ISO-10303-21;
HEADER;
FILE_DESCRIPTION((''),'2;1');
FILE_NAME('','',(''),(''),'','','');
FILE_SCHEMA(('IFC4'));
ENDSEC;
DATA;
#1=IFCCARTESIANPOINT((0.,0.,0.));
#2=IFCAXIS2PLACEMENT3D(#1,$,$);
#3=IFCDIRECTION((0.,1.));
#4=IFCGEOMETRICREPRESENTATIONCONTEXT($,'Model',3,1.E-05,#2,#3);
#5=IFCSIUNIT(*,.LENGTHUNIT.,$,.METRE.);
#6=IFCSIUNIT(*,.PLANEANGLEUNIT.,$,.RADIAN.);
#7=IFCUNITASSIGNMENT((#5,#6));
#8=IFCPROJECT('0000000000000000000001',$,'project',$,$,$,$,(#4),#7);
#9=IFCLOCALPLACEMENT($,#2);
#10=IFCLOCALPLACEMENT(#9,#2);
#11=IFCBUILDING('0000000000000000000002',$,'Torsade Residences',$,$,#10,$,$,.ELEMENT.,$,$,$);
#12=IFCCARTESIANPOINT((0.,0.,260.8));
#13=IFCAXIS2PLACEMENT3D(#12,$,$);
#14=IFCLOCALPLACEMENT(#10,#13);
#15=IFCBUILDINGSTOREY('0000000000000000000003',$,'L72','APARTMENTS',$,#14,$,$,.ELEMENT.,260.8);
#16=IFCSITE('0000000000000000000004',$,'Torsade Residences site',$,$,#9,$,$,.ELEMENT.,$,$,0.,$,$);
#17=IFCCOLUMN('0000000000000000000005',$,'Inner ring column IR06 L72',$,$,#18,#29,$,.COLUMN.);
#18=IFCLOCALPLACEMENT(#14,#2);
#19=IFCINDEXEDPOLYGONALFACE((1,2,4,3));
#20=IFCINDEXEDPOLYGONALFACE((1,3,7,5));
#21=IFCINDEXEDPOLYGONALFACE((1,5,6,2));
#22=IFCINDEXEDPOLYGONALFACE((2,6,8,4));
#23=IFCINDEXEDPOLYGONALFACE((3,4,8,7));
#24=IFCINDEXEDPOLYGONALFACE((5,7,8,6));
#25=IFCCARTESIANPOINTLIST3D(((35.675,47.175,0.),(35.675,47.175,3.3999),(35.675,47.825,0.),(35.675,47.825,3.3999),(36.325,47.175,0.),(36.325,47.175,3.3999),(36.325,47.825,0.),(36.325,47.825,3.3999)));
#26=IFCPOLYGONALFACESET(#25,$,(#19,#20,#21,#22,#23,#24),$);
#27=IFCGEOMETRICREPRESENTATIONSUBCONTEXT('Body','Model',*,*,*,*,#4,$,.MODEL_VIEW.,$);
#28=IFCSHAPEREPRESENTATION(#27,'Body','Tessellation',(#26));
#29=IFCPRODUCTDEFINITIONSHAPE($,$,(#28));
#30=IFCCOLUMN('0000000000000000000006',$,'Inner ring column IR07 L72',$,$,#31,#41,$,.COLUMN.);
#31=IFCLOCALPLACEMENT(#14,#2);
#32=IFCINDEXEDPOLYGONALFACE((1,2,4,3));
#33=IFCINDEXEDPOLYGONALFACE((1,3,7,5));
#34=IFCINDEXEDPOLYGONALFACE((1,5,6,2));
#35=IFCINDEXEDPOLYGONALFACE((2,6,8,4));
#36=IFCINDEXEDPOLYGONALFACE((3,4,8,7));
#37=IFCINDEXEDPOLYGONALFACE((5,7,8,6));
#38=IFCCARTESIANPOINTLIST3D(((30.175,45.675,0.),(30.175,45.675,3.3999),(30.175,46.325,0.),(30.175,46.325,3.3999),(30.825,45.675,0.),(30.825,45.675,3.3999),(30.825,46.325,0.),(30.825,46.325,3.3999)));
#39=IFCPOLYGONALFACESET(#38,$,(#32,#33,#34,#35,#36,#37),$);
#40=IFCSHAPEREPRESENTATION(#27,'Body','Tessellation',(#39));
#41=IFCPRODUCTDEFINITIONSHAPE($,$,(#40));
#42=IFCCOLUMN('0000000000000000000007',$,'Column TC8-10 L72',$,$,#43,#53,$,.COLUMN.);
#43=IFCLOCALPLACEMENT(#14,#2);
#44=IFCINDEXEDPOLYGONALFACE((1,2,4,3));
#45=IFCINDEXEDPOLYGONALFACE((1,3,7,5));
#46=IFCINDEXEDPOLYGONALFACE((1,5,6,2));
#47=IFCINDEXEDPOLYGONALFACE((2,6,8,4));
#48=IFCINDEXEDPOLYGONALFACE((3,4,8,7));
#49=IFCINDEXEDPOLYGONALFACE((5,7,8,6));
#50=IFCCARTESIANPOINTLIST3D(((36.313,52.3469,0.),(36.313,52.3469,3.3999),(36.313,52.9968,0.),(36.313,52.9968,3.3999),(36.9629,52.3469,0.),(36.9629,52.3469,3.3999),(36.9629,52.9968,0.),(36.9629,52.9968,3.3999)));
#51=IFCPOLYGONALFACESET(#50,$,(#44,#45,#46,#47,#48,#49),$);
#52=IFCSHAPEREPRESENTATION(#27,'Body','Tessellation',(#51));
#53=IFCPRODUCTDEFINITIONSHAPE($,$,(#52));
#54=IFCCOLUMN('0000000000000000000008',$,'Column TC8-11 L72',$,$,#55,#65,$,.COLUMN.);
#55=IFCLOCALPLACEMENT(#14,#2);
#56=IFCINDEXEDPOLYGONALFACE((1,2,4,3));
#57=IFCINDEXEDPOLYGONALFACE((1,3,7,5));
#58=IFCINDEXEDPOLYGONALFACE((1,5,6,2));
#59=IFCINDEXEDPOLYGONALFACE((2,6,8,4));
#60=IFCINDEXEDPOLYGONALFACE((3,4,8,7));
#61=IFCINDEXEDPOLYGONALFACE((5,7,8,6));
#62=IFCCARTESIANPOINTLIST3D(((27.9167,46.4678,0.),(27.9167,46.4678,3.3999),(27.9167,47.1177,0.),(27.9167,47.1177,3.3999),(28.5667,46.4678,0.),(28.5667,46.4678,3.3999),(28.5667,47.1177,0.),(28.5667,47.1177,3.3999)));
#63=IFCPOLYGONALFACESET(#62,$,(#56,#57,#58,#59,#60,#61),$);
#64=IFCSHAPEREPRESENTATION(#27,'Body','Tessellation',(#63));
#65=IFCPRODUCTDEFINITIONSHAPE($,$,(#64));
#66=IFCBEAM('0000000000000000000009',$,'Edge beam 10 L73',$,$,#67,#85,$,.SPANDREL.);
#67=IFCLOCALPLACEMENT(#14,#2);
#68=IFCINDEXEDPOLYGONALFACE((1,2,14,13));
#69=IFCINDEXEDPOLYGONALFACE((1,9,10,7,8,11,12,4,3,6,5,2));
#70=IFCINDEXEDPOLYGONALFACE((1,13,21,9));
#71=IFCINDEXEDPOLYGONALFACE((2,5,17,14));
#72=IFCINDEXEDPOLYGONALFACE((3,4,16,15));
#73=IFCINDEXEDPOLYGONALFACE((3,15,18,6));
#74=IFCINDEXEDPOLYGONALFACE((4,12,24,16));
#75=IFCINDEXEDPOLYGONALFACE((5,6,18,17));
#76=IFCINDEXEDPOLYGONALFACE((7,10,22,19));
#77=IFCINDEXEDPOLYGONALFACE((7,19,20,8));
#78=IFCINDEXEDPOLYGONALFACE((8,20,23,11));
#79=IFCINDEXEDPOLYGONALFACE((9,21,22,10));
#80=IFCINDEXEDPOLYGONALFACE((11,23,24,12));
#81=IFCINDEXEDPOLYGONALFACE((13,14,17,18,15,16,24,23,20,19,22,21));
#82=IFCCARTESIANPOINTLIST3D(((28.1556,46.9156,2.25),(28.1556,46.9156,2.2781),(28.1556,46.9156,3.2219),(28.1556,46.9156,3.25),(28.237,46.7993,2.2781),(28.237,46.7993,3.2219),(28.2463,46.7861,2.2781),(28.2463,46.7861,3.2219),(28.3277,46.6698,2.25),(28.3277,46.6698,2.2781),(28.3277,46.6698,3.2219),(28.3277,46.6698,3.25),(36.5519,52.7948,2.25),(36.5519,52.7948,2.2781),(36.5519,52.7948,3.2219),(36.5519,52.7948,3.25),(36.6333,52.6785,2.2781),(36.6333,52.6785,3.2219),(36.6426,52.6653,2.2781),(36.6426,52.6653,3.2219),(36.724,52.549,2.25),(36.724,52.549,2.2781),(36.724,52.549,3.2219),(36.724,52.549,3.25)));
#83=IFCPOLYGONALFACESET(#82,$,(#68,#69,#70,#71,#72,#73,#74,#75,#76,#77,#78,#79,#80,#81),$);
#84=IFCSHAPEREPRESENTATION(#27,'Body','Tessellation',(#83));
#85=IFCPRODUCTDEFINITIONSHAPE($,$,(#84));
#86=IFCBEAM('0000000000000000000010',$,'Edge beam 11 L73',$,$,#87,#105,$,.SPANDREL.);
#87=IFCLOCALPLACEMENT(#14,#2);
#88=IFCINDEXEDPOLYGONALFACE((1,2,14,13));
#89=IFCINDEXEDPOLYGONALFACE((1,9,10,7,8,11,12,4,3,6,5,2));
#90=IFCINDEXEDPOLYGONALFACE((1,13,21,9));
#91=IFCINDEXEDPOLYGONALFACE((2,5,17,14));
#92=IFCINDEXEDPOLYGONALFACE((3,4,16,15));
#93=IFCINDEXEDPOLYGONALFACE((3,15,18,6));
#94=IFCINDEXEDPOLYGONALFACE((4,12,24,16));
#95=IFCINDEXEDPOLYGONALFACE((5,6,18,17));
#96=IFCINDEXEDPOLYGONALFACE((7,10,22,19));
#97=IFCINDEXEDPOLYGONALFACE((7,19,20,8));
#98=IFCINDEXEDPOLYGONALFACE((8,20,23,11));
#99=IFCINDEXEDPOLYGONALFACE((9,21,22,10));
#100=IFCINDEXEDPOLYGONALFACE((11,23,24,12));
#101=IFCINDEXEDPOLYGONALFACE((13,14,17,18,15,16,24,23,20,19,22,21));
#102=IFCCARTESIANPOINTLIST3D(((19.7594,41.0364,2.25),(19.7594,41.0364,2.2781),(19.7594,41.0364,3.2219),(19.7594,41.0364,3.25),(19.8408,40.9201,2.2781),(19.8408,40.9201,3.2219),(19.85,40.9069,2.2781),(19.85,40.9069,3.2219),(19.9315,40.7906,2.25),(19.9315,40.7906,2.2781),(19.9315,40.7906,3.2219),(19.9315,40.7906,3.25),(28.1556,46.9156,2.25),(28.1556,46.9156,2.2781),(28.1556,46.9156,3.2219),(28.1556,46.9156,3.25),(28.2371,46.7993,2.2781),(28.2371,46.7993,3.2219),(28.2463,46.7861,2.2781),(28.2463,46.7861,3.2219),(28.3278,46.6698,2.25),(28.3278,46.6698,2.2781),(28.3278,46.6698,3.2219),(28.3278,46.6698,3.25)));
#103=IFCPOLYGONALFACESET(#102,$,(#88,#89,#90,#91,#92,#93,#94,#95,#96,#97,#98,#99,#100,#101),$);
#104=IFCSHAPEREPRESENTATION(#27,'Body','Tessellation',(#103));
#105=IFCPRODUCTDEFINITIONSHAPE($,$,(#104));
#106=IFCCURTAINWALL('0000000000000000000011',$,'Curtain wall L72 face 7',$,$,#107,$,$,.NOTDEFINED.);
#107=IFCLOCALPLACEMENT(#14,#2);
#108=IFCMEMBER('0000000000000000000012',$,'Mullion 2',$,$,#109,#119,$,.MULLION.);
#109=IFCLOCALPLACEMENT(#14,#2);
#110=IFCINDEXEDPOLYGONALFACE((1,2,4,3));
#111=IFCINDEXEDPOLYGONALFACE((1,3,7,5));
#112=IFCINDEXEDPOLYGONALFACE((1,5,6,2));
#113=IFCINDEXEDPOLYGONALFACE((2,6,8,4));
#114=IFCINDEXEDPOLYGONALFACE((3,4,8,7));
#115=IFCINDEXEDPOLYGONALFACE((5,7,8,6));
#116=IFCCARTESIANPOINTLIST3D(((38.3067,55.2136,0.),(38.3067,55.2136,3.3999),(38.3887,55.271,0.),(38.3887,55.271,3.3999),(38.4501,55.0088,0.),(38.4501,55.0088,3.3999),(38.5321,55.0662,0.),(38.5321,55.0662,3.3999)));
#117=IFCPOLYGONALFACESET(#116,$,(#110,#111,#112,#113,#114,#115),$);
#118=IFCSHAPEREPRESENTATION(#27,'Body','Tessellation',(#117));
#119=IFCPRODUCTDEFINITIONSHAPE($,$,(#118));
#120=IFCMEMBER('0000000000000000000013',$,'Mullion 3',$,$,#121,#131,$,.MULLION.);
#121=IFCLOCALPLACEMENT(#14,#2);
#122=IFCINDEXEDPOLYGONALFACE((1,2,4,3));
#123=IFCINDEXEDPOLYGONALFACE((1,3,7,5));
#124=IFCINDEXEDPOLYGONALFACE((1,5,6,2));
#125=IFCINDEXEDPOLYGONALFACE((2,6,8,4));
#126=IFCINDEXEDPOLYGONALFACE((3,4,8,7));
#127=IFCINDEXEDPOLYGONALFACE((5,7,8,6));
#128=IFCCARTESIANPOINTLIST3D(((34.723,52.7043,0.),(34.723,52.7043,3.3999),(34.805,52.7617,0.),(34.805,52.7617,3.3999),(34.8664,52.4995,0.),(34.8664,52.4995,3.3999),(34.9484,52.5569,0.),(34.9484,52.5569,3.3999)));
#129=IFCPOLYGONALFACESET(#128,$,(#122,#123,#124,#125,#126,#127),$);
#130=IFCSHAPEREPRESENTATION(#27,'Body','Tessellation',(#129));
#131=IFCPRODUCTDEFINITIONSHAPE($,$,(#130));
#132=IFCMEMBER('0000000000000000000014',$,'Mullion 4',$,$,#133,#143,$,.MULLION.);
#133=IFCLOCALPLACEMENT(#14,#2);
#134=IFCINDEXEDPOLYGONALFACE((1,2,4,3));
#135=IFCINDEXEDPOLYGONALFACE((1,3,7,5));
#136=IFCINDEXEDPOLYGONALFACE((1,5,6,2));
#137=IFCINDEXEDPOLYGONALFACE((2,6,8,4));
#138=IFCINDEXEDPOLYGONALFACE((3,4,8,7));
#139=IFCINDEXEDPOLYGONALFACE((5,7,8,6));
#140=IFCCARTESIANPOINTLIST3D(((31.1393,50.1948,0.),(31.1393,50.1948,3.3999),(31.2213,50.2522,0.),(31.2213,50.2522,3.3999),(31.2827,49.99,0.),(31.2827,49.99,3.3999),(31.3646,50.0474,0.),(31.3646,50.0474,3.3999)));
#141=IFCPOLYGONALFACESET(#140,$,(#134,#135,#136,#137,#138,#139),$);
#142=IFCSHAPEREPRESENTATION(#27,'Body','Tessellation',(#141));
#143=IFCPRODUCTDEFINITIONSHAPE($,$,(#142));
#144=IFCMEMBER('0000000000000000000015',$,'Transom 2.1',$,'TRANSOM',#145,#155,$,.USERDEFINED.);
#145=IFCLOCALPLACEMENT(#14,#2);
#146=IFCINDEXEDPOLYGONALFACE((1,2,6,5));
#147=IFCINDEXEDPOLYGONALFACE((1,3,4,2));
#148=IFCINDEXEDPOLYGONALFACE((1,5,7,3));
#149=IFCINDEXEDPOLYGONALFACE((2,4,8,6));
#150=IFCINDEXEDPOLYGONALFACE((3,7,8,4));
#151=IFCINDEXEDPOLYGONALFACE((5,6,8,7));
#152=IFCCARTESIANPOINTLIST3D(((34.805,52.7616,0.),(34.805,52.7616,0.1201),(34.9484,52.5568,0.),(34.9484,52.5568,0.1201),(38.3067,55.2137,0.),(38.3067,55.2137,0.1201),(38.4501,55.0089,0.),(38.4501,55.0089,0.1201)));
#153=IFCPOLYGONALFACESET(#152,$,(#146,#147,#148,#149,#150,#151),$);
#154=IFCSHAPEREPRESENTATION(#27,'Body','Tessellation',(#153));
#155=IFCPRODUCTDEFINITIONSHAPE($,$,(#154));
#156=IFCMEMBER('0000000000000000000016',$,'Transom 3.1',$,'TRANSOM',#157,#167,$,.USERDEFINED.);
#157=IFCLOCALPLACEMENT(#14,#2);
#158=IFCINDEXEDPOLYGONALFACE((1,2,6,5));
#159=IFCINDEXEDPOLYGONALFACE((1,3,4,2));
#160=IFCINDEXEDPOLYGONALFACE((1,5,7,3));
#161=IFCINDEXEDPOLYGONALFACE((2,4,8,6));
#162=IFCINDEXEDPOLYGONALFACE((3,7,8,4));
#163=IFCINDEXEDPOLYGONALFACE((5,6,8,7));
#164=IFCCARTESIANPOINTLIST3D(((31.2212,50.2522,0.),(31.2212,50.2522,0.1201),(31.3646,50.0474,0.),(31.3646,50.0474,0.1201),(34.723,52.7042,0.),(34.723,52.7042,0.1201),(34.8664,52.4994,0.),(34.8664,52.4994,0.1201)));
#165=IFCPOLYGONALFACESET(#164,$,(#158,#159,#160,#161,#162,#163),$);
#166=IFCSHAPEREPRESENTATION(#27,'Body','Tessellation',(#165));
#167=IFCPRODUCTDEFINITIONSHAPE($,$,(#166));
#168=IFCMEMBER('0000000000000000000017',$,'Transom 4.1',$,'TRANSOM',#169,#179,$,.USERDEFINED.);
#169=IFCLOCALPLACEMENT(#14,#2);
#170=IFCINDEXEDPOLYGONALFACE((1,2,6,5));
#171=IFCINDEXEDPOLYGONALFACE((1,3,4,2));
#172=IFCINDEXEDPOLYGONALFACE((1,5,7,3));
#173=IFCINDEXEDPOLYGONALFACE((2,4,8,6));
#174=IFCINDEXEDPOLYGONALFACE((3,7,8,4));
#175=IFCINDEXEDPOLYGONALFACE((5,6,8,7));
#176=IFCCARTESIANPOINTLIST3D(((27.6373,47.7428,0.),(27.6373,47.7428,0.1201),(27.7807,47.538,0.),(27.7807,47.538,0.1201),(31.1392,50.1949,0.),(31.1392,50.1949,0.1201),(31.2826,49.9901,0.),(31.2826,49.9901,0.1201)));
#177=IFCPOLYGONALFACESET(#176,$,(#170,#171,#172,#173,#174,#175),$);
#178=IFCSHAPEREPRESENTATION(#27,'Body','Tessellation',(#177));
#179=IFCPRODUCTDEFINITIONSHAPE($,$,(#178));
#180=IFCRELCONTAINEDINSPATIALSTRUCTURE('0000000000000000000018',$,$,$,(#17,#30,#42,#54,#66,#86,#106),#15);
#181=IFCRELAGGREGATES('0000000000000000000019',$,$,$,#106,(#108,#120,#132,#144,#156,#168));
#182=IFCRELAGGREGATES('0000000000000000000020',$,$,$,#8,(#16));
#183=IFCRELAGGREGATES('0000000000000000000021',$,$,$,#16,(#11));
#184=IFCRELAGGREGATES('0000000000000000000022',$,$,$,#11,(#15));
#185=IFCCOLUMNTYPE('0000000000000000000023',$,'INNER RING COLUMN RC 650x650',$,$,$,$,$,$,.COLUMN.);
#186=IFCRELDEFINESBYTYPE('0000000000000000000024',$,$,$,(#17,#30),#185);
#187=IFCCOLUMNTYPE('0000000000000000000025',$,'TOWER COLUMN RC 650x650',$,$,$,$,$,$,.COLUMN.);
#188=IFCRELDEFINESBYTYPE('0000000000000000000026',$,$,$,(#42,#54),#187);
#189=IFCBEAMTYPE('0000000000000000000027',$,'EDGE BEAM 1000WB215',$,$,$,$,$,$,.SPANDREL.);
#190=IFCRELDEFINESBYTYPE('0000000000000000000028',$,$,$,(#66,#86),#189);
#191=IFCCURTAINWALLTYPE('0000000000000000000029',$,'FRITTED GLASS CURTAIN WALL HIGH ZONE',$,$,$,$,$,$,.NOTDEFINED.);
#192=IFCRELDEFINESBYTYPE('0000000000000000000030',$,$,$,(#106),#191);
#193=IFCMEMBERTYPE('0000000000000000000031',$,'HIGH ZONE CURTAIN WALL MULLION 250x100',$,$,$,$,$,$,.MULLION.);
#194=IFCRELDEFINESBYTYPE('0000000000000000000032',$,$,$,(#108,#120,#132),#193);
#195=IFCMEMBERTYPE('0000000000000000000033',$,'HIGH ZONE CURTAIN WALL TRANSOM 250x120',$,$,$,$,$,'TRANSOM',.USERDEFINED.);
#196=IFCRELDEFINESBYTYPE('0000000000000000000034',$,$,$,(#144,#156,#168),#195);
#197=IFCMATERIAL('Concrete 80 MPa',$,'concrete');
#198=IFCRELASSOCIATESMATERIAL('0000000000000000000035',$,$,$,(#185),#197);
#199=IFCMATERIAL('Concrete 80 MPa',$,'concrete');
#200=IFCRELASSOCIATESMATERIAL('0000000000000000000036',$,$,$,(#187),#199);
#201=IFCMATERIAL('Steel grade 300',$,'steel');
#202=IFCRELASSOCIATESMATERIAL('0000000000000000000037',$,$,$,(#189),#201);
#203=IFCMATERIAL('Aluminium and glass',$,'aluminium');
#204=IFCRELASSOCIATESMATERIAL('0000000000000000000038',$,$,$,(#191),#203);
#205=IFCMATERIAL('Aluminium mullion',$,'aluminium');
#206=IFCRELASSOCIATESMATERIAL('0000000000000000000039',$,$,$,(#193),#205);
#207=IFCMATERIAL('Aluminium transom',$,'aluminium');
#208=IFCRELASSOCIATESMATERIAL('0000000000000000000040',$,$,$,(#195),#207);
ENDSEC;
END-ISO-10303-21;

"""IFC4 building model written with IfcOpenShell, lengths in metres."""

from ifc_helpers import new_model, si_unit, direction, frame, origin, origin_2d, place, context, subcontext, project, spatial, rectangle, i_section, extrude, material, material_profile, profile_set, type_object, element, aggregate, save


model = new_model("IFC4")

# Units and contexts
model_context = context("Model", 3, precision=1e-05, world=origin(), true_north=direction((0.0, 1.0)))
body_context = subcontext(model_context, "Body", "Model", "MODEL_VIEW")
ifc_project = project(units=[si_unit("LENGTHUNIT", "METRE"), si_unit("PLANEANGLEUNIT", "RADIAN")], contexts=[model_context])

# Site, building, storey
site_placement = place(None, origin())
site = spatial("IfcSite", under=ifc_project, at=site_placement, Name="Torsade Residences site", CompositionType="ELEMENT", RefElevation=0.0)
building_placement = place(site_placement, origin())
building = spatial("IfcBuilding", under=site, at=building_placement, Name="Torsade Residences", CompositionType="ELEMENT")
storey_placement = place(building_placement, frame((0.0, 0.0, 260.8)))
storey = spatial("IfcBuildingStorey", under=building, at=storey_placement, Name="L72", Description="APARTMENTS", CompositionType="ELEMENT", Elevation=260.8)

# Columns
ifc_material_1 = material(Name="Concrete 80 MPa", Category="concrete")
ifc_material_profile_1 = material_profile(ifc_material_1, rectangle(XDim=0.6499, YDim=0.6499, at=origin_2d()), Name="RC 650x650")
ifc_profile_set_1 = profile_set([ifc_material_profile_1], Name="Concrete 80 MPa")
column_type_1 = type_object("IfcColumnType", Name="INNER RING COLUMN RC 650x650", PredefinedType="COLUMN", material=ifc_profile_set_1)
for number, where, z_axis, x_axis, name in (
    (1, (36.0, 47.5, 0.0), (0.0, 0.0, 1.0), (1.0, 0.0, 0.0), "Inner ring column IR06 L72"),
    (2, (30.5, 46.0, 0.0), (0.0, 0.0, 1.0), (1.0, 0.0, 0.0), "Inner ring column IR07 L72"),
):
    element("IfcColumn", number, at=place(storey_placement, frame(where, z_axis=z_axis, x_axis=x_axis)), inside=storey, type_object=column_type_1, Name=name, PredefinedType="COLUMN", context=body_context, shape_type="SweptSolid", body=[
        extrude(rectangle(XDim=0.6499, YDim=0.6499, at=origin_2d()), origin(), (0.0, 0.0, 1.0), 3.3999),
    ])
ifc_material_2 = material(Name="Concrete 80 MPa", Category="concrete")
ifc_material_profile_2 = material_profile(ifc_material_2, rectangle(XDim=0.6499, YDim=0.6499, at=origin_2d()), Name="RC 650x650")
ifc_profile_set_2 = profile_set([ifc_material_profile_2], Name="Concrete 80 MPa")
column_type_2 = type_object("IfcColumnType", Name="TOWER COLUMN RC 650x650", PredefinedType="COLUMN", material=ifc_profile_set_2)
for number, where, z_axis, x_axis, name in (
    (3, (36.6379, 52.6719, 0.0), (0.0, 0.0, 1.0), (1.0, 0.0, 0.0), "Column TC8-10 L72"),
    (4, (28.2417, 46.7927, 0.0), (0.0, 0.0, 1.0), (1.0, 0.0, 0.0), "Column TC8-11 L72"),
):
    element("IfcColumn", number, at=place(storey_placement, frame(where, z_axis=z_axis, x_axis=x_axis)), inside=storey, type_object=column_type_2, Name=name, PredefinedType="COLUMN", context=body_context, shape_type="SweptSolid", body=[
        extrude(rectangle(XDim=0.6499, YDim=0.6499, at=origin_2d()), origin(), (0.0, 0.0, 1.0), 3.3999),
    ])

# Beams
ifc_material_3 = material(Name="Steel grade 300", Category="steel")
ifc_material_profile_3 = material_profile(ifc_material_3, i_section(OverallWidth=0.3, OverallDepth=1.0, WebThickness=0.0161, FlangeThickness=0.0281, at=origin_2d()), Name="1000WB215")
ifc_profile_set_3 = profile_set([ifc_material_profile_3], Name="Steel grade 300")
beam_type_1 = type_object("IfcBeamType", Name="EDGE BEAM 1000WB215", PredefinedType="SPANDREL", material=ifc_profile_set_3)
for number, where, z_axis, x_axis, name in (
    (5, (36.6379, 52.6719, 2.75), (-0.81915, -0.573579, 0.0), (0.573579, -0.81915, 0.0), "Edge beam 10 L73"),
    (6, (28.2417, 46.7927, 2.75), (-0.81915, -0.573579, 0.0), (0.573579, -0.81915, 0.0), "Edge beam 11 L73"),
):
    element("IfcBeam", number, at=place(storey_placement, frame(where, z_axis=z_axis, x_axis=x_axis)), inside=storey, type_object=beam_type_1, Name=name, PredefinedType="SPANDREL", context=body_context, shape_type="SweptSolid", body=[
        extrude(i_section(OverallWidth=0.3, OverallDepth=1.0, WebThickness=0.0161, FlangeThickness=0.0281, at=origin_2d()), origin(), (0.0, 0.0, 1.0), 10.25),
    ])

# Curtain wall, members
ifc_material_4 = material(Name="Aluminium and glass", Category="aluminium")
curtain_wall_type = type_object("IfcCurtainWallType", Name="FRITTED GLASS CURTAIN WALL HIGH ZONE", PredefinedType="NOTDEFINED", material=ifc_material_4)
curtain_wall_placement = place(storey_placement, origin())
curtain_wall = element("IfcCurtainWall", 7, at=curtain_wall_placement, inside=storey, type_object=curtain_wall_type, Name="Curtain wall L72 face 7", PredefinedType="NOTDEFINED")
ifc_material_5 = material(Name="Aluminium mullion", Category="aluminium")
ifc_material_profile_4 = material_profile(ifc_material_5, rectangle(XDim=0.25, YDim=0.1001, at=origin_2d()), Name="HIGH ZONE CURTAIN WALL MULLION 250x100")
ifc_profile_set_4 = profile_set([ifc_material_profile_4], Name="Aluminium mullion")
member_type_1 = type_object("IfcMemberType", Name="HIGH ZONE CURTAIN WALL MULLION 250x100", PredefinedType="MULLION", material=ifc_profile_set_4)
member_1_placement = place(storey_placement, frame((38.4194, 55.1399, 0.0), z_axis=(0.0, 0.0, 1.0), x_axis=(0.573576, -0.819152, 0.0)))
member_1 = element("IfcMember", 8, at=member_1_placement, type_object=member_type_1, Name="Mullion 2", PredefinedType="MULLION", context=body_context, shape_type="SweptSolid", body=[
    extrude(rectangle(XDim=0.25, YDim=0.1001, at=origin_2d()), origin(), (0.0, 0.0, 1.0), 3.3999),
])
member_2_placement = place(storey_placement, frame((34.8357, 52.6306, 0.0), z_axis=(0.0, 0.0, 1.0), x_axis=(0.573576, -0.819152, 0.0)))
member_2 = element("IfcMember", 9, at=member_2_placement, type_object=member_type_1, Name="Mullion 3", PredefinedType="MULLION", context=body_context, shape_type="SweptSolid", body=[
    extrude(rectangle(XDim=0.25, YDim=0.1001, at=origin_2d()), origin(), (0.0, 0.0, 1.0), 3.3999),
])
member_3_placement = place(storey_placement, frame((31.252, 50.1211, 0.0), z_axis=(0.0, 0.0, 1.0), x_axis=(0.573576, -0.819152, 0.0)))
member_3 = element("IfcMember", 10, at=member_3_placement, type_object=member_type_1, Name="Mullion 4", PredefinedType="MULLION", context=body_context, shape_type="SweptSolid", body=[
    extrude(rectangle(XDim=0.25, YDim=0.1001, at=origin_2d()), origin(), (0.0, 0.0, 1.0), 3.3999),
])
ifc_material_6 = material(Name="Aluminium transom", Category="aluminium")
ifc_material_profile_5 = material_profile(ifc_material_6, rectangle(XDim=0.25, YDim=0.1201, at=origin_2d()), Name="HIGH ZONE CURTAIN WALL TRANSOM 250x120")
ifc_profile_set_5 = profile_set([ifc_material_profile_5], Name="Aluminium transom")
member_type_2 = type_object("IfcMemberType", Name="HIGH ZONE CURTAIN WALL TRANSOM 250x120", ElementType="TRANSOM", PredefinedType="USERDEFINED", material=ifc_profile_set_5)
member_4_placement = place(storey_placement, frame((38.3784, 55.1113, 0.0601), z_axis=(-0.819127, -0.573612, 0.0), x_axis=(0.573612, -0.819127, 0.0)))
member_4 = element("IfcMember", 11, at=member_4_placement, type_object=member_type_2, Name="Transom 2.1", ObjectType="TRANSOM", PredefinedType="USERDEFINED", context=body_context, shape_type="SweptSolid", body=[
    extrude(rectangle(XDim=0.25, YDim=0.1201, at=origin_2d()), origin(), (0.0, 0.0, 1.0), 4.2749),
])
member_5_placement = place(storey_placement, frame((34.7947, 52.6018, 0.0601), z_axis=(-0.819154, -0.573573, 0.0), x_axis=(0.573573, -0.819154, 0.0)))
member_5 = element("IfcMember", 12, at=member_5_placement, type_object=member_type_2, Name="Transom 3.1", ObjectType="TRANSOM", PredefinedType="USERDEFINED", context=body_context, shape_type="SweptSolid", body=[
    extrude(rectangle(XDim=0.25, YDim=0.1201, at=origin_2d()), origin(), (0.0, 0.0, 1.0), 4.2749),
])
member_6_placement = place(storey_placement, frame((31.2109, 50.0925, 0.0601), z_axis=(-0.819146, -0.573585, 0.0), x_axis=(0.573585, -0.819146, 0.0)))
member_6 = element("IfcMember", 13, at=member_6_placement, type_object=member_type_2, Name="Transom 4.1", ObjectType="TRANSOM", PredefinedType="USERDEFINED", context=body_context, shape_type="SweptSolid", body=[
    extrude(rectangle(XDim=0.25, YDim=0.1201, at=origin_2d()), origin(), (0.0, 0.0, 1.0), 4.2751),
])

aggregate(curtain_wall, [member_1, member_2, member_3, member_4, member_5, member_6])

save(model, "model.ifc")
